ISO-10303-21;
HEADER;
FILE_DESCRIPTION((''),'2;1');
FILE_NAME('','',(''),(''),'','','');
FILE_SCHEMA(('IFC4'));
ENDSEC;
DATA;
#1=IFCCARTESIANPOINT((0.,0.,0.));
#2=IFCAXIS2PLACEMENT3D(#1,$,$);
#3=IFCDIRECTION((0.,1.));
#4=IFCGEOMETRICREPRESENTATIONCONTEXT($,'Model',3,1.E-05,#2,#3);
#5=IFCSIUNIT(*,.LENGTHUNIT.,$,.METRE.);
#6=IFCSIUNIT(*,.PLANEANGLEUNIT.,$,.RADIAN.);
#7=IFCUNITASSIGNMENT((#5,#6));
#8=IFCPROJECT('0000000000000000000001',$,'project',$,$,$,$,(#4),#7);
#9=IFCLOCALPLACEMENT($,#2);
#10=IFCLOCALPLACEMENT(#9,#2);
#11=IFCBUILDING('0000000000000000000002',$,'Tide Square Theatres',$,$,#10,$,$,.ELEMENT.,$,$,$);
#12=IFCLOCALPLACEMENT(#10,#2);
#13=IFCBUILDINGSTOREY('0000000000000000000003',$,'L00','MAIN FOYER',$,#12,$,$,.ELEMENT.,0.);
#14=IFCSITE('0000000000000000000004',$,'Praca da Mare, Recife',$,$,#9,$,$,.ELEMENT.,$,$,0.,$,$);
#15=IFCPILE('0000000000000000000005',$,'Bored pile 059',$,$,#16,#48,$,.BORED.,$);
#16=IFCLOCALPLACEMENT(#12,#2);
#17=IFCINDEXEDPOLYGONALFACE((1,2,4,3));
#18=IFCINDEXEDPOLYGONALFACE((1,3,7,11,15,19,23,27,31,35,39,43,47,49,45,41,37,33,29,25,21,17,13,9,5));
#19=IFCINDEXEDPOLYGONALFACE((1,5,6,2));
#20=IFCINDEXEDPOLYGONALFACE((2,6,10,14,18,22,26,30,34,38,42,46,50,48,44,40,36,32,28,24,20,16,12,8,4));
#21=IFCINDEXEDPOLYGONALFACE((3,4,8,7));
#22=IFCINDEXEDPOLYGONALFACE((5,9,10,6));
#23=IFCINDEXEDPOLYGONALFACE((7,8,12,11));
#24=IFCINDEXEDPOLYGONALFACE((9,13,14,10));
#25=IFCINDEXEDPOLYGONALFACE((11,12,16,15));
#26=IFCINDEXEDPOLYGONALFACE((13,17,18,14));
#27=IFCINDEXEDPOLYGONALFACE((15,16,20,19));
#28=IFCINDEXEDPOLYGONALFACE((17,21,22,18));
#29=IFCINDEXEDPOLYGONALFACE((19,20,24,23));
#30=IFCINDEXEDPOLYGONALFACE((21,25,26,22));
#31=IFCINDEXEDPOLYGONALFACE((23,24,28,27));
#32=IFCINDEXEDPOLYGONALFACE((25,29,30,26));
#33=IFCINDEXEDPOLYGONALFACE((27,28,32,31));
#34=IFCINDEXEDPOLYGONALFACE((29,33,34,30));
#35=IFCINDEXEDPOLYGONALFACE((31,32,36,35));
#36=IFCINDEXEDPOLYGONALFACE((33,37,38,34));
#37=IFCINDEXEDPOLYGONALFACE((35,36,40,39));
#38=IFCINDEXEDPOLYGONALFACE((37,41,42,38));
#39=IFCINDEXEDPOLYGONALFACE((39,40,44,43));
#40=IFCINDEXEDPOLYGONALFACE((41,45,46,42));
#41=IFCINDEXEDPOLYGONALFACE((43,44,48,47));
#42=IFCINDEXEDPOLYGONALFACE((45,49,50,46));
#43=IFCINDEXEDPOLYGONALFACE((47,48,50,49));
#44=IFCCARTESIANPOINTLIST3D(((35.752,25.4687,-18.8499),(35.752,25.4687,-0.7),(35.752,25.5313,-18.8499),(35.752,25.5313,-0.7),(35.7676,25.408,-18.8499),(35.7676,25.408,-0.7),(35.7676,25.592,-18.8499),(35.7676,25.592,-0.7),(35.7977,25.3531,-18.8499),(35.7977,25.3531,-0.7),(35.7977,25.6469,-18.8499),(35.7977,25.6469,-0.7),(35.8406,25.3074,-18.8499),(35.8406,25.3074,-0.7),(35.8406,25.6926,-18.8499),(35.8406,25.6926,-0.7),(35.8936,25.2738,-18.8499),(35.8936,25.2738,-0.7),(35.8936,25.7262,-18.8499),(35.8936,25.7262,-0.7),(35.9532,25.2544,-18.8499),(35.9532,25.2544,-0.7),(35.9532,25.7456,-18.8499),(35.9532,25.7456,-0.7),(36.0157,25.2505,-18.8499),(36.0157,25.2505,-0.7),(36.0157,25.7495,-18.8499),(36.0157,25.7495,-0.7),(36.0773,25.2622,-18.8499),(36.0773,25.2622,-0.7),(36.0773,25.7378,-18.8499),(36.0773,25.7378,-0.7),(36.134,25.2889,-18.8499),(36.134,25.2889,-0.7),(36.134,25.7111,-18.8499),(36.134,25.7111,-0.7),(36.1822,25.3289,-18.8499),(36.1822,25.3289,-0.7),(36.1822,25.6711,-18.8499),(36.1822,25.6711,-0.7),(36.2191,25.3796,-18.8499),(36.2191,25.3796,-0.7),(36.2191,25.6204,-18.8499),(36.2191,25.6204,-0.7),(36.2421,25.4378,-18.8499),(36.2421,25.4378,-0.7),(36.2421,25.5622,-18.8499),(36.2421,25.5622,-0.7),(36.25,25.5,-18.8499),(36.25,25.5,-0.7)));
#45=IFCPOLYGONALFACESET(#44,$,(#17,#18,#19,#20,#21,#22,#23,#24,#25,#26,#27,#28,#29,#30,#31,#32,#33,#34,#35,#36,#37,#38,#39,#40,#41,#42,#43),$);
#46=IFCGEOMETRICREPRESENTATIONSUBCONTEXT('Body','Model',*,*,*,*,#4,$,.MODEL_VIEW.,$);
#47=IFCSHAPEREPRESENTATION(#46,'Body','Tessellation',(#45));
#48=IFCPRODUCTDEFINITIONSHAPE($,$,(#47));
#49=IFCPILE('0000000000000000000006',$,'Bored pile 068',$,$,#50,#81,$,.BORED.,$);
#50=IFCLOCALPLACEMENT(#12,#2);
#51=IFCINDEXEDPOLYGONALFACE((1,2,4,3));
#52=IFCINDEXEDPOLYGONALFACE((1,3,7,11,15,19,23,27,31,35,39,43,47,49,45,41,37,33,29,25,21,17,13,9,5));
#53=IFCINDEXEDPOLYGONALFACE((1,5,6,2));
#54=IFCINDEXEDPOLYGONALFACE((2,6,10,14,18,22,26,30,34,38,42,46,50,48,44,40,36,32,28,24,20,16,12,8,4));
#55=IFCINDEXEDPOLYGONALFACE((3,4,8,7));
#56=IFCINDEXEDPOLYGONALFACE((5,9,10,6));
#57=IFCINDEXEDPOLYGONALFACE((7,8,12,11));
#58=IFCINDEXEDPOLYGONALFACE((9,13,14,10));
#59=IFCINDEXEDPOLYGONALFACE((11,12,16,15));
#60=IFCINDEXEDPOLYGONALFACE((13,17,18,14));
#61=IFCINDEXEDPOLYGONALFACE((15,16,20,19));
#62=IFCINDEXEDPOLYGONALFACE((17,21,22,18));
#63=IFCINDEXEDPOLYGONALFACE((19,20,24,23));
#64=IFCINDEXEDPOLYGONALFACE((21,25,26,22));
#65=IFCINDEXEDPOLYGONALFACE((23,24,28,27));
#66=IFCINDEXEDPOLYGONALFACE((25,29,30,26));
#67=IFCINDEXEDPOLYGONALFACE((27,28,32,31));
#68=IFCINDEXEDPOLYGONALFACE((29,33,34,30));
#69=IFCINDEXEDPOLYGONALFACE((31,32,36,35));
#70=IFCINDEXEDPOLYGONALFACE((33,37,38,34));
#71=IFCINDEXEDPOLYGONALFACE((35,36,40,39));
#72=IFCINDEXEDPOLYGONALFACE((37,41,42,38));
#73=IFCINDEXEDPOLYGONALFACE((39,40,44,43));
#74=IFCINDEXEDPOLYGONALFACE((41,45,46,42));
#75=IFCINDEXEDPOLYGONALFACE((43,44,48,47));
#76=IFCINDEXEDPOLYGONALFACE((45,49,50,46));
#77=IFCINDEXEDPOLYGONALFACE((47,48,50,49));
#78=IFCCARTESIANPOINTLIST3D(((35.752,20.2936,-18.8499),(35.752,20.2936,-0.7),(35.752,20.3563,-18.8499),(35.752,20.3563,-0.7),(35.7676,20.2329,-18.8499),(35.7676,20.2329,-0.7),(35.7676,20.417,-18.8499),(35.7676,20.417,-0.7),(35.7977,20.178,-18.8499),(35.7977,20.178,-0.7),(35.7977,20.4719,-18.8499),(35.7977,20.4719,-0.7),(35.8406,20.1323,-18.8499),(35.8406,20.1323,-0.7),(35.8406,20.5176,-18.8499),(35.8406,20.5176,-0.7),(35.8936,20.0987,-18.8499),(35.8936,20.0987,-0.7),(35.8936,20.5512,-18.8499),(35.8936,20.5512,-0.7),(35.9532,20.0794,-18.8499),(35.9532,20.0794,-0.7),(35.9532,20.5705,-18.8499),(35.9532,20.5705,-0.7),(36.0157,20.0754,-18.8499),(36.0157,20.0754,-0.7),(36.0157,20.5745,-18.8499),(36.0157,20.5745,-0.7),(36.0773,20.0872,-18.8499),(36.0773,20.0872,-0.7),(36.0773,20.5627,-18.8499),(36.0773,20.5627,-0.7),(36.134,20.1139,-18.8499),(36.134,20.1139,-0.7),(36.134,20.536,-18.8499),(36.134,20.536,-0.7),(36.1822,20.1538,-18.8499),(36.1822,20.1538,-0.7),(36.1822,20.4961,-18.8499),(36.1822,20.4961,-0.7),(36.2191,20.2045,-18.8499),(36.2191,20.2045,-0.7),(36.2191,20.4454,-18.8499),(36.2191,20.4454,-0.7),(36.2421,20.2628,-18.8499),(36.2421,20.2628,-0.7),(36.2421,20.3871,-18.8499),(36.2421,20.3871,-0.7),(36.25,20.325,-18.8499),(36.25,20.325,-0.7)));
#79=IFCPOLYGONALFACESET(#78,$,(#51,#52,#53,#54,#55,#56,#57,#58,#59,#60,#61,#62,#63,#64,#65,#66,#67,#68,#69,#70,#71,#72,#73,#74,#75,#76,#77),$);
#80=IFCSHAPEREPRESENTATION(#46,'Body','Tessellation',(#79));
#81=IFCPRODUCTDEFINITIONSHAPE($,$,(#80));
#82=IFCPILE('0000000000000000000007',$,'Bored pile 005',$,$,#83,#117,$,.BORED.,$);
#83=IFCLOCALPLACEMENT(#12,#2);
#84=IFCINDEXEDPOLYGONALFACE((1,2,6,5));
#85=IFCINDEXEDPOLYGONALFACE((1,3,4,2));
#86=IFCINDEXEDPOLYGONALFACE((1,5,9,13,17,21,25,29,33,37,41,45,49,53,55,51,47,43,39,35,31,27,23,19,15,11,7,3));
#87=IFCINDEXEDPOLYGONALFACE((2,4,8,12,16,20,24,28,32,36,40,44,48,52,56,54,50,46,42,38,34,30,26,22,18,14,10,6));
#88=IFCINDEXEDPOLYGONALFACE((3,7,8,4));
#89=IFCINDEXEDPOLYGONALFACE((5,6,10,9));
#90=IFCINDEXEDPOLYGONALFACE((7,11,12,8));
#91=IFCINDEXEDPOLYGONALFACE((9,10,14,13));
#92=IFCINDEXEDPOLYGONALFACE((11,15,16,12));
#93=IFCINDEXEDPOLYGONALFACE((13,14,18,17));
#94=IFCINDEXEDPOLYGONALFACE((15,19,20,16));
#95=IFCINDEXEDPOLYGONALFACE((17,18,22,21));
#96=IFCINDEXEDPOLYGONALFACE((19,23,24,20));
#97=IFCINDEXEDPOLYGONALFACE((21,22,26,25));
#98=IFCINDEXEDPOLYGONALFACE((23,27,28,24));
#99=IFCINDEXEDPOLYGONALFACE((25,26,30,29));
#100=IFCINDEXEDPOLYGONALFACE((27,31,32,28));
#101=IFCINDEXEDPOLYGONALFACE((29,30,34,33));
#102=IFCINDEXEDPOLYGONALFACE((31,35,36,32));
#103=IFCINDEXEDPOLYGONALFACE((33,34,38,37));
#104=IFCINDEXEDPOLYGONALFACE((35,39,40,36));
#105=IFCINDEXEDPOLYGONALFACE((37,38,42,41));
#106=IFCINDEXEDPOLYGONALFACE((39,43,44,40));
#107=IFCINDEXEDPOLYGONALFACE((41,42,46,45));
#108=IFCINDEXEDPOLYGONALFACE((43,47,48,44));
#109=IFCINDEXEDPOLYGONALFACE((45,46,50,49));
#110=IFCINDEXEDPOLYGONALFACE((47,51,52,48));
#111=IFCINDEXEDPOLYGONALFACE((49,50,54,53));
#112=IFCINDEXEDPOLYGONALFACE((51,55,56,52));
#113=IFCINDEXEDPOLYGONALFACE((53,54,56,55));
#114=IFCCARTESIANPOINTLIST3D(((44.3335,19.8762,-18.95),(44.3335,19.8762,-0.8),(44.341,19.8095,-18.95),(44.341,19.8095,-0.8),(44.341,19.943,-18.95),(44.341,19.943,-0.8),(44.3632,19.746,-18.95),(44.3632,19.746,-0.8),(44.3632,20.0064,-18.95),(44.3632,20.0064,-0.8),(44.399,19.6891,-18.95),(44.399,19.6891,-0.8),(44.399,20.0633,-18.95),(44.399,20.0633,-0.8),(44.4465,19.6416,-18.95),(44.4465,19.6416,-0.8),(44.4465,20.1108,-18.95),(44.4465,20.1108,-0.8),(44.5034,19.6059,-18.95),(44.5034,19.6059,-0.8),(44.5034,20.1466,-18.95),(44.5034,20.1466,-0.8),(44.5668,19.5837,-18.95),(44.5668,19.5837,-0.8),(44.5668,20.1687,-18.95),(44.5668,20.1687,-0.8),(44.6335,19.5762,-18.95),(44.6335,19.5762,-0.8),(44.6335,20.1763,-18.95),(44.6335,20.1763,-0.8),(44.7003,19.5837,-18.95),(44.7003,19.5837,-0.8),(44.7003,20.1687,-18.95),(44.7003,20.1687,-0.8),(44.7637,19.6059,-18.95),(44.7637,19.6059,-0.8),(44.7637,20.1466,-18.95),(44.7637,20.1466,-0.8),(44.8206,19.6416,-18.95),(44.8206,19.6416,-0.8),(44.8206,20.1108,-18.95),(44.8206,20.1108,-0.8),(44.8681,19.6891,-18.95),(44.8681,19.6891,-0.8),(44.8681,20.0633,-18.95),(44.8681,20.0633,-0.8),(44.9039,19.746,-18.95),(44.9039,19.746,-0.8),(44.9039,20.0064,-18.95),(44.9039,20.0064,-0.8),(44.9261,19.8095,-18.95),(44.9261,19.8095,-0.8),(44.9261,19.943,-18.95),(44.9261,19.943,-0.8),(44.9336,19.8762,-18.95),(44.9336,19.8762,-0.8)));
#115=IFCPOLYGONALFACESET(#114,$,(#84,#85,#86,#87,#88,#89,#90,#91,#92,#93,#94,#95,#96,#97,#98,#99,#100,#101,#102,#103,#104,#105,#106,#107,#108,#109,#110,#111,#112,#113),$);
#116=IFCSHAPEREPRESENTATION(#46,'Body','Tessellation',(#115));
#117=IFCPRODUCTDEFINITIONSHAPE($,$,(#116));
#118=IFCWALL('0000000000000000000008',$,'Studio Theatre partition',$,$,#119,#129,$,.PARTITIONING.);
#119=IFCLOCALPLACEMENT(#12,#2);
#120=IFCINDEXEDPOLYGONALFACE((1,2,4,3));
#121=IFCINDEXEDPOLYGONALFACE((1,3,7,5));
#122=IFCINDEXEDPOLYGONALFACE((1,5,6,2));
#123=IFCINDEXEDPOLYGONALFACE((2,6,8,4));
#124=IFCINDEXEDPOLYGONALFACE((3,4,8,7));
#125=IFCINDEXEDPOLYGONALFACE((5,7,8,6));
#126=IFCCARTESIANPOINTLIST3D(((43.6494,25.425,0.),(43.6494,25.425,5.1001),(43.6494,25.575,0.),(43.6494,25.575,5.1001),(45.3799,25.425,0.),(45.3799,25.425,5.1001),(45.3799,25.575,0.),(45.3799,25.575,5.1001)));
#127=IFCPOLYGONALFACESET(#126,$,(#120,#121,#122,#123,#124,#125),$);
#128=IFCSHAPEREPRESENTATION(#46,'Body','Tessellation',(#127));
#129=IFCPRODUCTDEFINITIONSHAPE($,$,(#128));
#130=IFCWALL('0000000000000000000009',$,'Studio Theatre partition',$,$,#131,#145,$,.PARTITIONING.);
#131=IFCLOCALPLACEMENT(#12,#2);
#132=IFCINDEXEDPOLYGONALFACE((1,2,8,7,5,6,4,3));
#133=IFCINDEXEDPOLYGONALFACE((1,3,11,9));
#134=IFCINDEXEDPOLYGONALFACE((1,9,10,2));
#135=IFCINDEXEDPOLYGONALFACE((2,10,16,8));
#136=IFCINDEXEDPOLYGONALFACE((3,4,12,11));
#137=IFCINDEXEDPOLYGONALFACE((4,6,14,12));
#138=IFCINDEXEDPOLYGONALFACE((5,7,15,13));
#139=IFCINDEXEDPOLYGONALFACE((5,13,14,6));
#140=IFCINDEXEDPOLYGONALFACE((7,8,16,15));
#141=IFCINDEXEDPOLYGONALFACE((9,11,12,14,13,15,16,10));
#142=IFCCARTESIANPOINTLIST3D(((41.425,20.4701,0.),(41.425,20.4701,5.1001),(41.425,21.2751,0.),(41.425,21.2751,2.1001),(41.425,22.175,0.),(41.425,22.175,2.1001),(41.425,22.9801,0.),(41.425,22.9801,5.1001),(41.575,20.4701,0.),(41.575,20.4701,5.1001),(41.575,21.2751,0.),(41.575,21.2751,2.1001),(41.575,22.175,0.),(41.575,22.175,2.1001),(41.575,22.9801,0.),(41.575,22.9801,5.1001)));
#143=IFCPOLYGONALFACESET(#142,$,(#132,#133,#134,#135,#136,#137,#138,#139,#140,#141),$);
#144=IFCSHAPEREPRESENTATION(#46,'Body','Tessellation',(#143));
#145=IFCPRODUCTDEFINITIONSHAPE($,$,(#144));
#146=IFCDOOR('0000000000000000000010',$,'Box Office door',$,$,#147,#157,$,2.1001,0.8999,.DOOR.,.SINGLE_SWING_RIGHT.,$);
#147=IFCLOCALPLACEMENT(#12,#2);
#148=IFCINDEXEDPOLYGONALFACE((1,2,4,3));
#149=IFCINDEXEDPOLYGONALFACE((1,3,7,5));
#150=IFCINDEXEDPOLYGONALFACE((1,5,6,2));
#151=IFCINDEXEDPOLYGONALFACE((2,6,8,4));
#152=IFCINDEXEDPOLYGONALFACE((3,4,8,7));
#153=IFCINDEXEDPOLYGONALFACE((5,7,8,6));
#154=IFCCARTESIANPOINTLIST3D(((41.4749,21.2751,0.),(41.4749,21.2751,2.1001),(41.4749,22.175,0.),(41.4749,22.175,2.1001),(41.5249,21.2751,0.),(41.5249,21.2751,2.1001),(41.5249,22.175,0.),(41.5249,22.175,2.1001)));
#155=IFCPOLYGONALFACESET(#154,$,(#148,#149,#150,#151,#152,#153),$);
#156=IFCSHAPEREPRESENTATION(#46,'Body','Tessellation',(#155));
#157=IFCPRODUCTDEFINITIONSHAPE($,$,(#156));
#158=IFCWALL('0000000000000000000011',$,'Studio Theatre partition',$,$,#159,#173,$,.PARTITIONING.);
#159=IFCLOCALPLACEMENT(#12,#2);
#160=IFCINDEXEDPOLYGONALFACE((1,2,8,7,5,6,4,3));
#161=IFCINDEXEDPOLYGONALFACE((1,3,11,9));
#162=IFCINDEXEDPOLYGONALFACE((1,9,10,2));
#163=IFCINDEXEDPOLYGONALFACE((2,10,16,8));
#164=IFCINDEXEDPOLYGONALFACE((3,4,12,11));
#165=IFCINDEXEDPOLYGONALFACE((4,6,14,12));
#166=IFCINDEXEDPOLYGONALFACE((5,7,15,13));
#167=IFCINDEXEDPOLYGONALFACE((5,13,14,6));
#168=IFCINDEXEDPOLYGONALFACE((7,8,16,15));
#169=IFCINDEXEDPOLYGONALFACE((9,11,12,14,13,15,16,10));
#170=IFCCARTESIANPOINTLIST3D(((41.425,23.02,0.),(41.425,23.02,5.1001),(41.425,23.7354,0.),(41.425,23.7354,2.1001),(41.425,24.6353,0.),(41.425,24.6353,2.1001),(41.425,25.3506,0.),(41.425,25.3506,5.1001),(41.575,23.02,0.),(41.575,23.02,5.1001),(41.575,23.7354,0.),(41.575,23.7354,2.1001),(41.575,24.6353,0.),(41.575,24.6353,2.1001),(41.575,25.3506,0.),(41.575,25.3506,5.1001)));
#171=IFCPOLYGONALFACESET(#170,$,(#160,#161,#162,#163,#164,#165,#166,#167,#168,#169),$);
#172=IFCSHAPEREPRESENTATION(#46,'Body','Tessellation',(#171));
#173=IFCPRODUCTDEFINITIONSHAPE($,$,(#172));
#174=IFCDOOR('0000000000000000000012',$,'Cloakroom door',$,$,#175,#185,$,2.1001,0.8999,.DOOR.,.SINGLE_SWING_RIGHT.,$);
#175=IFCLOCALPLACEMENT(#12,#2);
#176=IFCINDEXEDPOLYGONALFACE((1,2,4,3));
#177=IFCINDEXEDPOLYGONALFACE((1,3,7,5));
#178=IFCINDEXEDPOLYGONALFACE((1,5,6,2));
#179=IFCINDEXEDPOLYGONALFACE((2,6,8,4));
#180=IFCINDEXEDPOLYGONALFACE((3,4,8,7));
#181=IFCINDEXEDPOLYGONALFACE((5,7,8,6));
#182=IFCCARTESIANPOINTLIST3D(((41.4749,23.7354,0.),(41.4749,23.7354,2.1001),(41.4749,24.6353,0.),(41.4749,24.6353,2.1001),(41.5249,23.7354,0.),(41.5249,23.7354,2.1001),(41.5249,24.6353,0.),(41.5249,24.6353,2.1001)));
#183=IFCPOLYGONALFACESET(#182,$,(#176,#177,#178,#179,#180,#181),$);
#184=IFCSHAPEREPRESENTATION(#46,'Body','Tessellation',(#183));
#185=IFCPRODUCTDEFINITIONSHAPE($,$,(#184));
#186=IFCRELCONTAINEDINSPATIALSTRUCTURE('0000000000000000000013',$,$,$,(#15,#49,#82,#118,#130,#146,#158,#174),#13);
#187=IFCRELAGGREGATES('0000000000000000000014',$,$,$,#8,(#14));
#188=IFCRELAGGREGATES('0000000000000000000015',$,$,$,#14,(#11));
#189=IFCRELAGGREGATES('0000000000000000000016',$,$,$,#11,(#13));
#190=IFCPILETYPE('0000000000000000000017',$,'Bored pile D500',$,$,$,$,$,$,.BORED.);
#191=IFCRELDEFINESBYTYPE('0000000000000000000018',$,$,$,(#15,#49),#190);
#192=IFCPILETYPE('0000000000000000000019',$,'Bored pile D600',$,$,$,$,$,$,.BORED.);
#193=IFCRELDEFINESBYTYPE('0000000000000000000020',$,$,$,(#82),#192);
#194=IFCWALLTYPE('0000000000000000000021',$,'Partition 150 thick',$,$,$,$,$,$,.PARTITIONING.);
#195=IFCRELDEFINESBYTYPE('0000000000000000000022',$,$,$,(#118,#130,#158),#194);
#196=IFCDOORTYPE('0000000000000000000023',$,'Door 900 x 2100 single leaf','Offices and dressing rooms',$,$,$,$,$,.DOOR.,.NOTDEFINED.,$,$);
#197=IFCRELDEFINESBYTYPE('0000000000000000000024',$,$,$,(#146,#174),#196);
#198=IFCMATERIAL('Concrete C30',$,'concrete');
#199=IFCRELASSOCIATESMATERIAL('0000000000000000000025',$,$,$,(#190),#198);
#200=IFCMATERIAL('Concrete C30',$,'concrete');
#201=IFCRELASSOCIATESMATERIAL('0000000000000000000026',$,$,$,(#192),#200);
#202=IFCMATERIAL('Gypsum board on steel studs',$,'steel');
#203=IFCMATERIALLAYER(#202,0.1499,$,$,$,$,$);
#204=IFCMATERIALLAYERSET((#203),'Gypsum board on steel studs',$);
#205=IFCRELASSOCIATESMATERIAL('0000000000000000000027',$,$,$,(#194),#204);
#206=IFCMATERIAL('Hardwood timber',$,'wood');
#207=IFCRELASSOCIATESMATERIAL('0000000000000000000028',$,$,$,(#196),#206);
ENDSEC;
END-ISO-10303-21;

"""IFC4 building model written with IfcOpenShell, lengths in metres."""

from ifc_helpers import new_model, si_unit, direction, frame, frame_2d, origin, origin_2d, place, context, subcontext, project, spatial, rectangle, circle, extrude, material, layer, layer_set, material_profile, profile_set, type_object, element, fill, save


model = new_model("IFC4")

# Units and contexts
model_context = context("Model", 3, precision=1e-05, world=origin(), true_north=direction((0.0, 1.0)))
body_context = subcontext(model_context, "Body", "Model", "MODEL_VIEW")
ifc_project = project(units=[si_unit("LENGTHUNIT", "METRE"), si_unit("PLANEANGLEUNIT", "RADIAN")], contexts=[model_context])

# Site, building, storey
site_placement = place(None, origin())
site = spatial("IfcSite", under=ifc_project, at=site_placement, Name="Praca da Mare, Recife", CompositionType="ELEMENT", RefElevation=0.0)
building_placement = place(site_placement, origin())
building = spatial("IfcBuilding", under=site, at=building_placement, Name="Tide Square Theatres", CompositionType="ELEMENT")
storey_placement = place(building_placement, origin())
storey = spatial("IfcBuildingStorey", under=building, at=storey_placement, Name="L00", Description="MAIN FOYER", CompositionType="ELEMENT", Elevation=0.0)

# Piles
ifc_material_1 = material(Name="Concrete C30", Category="concrete")
ifc_material_profile_1 = material_profile(ifc_material_1, circle(Radius=0.25, at=origin_2d()))
ifc_profile_set_1 = profile_set([ifc_material_profile_1], Name="Concrete C30")
pile_type_1 = type_object("IfcPileType", Name="Bored pile D500", PredefinedType="BORED", material=ifc_profile_set_1)
for number, where, z_axis, x_axis, name in (
    (1, (36.0, 25.5, -0.7), (0.0, 0.0, -1.0), (1.0, 0.0, 0.0), "Bored pile 059"),
    (2, (36.0, 20.325, -0.7), (0.0, 0.0, -1.0), (1.0, 0.0, 0.0), "Bored pile 068"),
):
    element("IfcPile", number, at=place(storey_placement, frame(where, z_axis=z_axis, x_axis=x_axis)), inside=storey, type_object=pile_type_1, Name=name, PredefinedType="BORED", context=body_context, shape_type="SweptSolid", body=[
        extrude(circle(Radius=0.25, at=origin_2d()), origin(), (0.0, 0.0, 1.0), 18.1499),
    ])
ifc_material_2 = material(Name="Concrete C30", Category="concrete")
ifc_material_profile_2 = material_profile(ifc_material_2, circle(Radius=0.3, at=origin_2d()))
ifc_profile_set_2 = profile_set([ifc_material_profile_2], Name="Concrete C30")
pile_type_2 = type_object("IfcPileType", Name="Bored pile D600", PredefinedType="BORED", material=ifc_profile_set_2)
pile_placement = place(storey_placement, frame((44.6335, 19.8762, -0.8), z_axis=(0.0, 0.0, -1.0), x_axis=(1.0, 0.0, 0.0)))
element("IfcPile", 3, at=pile_placement, inside=storey, type_object=pile_type_2, Name="Bored pile 005", PredefinedType="BORED", context=body_context, shape_type="SweptSolid", body=[
    extrude(circle(Radius=0.3, at=origin_2d()), origin(), (0.0, 0.0, 1.0), 18.1499),
])

# Wall
ifc_material_3 = material(Name="Gypsum board on steel studs", Category="steel")
ifc_layer_1 = layer(ifc_material_3, 0.1499)
ifc_layer_set_1 = layer_set([ifc_layer_1], Name="Gypsum board on steel studs")
wall_type_1 = type_object("IfcWallType", Name="Partition 150 thick", PredefinedType="PARTITIONING", material=ifc_layer_set_1)
wall_1_placement = place(storey_placement, frame((45.3799, 25.5, 0.0), z_axis=(0.0, 0.0, 1.0), x_axis=(-1.0, 0.0, 0.0)))
element("IfcWall", 4, at=wall_1_placement, inside=storey, type_object=wall_type_1, Name="Studio Theatre partition", PredefinedType="PARTITIONING", context=body_context, shape_type="SweptSolid", body=[
    extrude(rectangle(XDim=1.7305, YDim=0.1499, at=frame_2d((0.8652, 0.0))), origin(), (0.0, 0.0, 1.0), 5.1001),
])

# Walls, openings, doors
wall_2_placement = place(storey_placement, frame((41.5, 22.98, 0.0), z_axis=(0.0, 0.0, 1.0), x_axis=(0.0, -1.0, 0.0)))
wall_2 = element("IfcWall", 5, at=wall_2_placement, inside=storey, type_object=wall_type_1, Name="Studio Theatre partition", PredefinedType="PARTITIONING", context=body_context, shape_type="SweptSolid", body=[
    extrude(rectangle(XDim=2.51, YDim=0.1499, at=frame_2d((1.2549, 0.0))), origin(), (0.0, 0.0, 1.0), 5.1001),
])
opening_1_placement = place(wall_2_placement, frame((0.8049, 0.0, 0.0)))
opening_1 = element("IfcOpeningElement", 6, at=opening_1_placement, cuts=wall_2, PredefinedType="OPENING", context=body_context, shape_type="SweptSolid", body=[
    extrude(rectangle(XDim=0.8999, YDim=2.1001, at=frame_2d((0.45, 1.05))), frame((0.0, 0.085, 0.0), z_axis=(0.0, -1.0, 0.0), x_axis=(1.0, 0.0, 0.0)), (0.0, 0.0, 1.0), 0.1699),
])
ifc_material_4 = material(Name="Hardwood timber", Category="wood")
door_type_1 = type_object("IfcDoorType", Name="Door 900 x 2100 single leaf", Description="Offices and dressing rooms", OperationType="NOTDEFINED", PredefinedType="DOOR", material=ifc_material_4)
door_1_placement = place(opening_1_placement, origin())
door_1 = element("IfcDoor", 7, at=door_1_placement, inside=storey, type_object=door_type_1, Name="Box Office door", OperationType="SINGLE_SWING_RIGHT", OverallHeight=2.1001, OverallWidth=0.8999, PredefinedType="DOOR", context=body_context, shape_type="SweptSolid", body=[
    extrude(rectangle(XDim=0.8999, YDim=2.1001, at=frame_2d((0.45, 1.05))), frame((0.0, 0.0249, 0.0), z_axis=(0.0, -1.0, 0.0), x_axis=(1.0, 0.0, 0.0)), (0.0, 0.0, 1.0), 0.05),
])
fill(opening_1, door_1)
wall_3_placement = place(storey_placement, frame((41.5, 25.3506, 0.0), z_axis=(0.0, 0.0, 1.0), x_axis=(0.0, -1.0, 0.0)))
wall_3 = element("IfcWall", 8, at=wall_3_placement, inside=storey, type_object=wall_type_1, Name="Studio Theatre partition", PredefinedType="PARTITIONING", context=body_context, shape_type="SweptSolid", body=[
    extrude(rectangle(XDim=2.3306, YDim=0.1499, at=frame_2d((1.1653, 0.0))), origin(), (0.0, 0.0, 1.0), 5.1001),
])
opening_2_placement = place(wall_3_placement, frame((0.7153, 0.0, 0.0)))
opening_2 = element("IfcOpeningElement", 9, at=opening_2_placement, cuts=wall_3, PredefinedType="OPENING", context=body_context, shape_type="SweptSolid", body=[
    extrude(rectangle(XDim=0.8999, YDim=2.1001, at=frame_2d((0.45, 1.05))), frame((0.0, 0.085, 0.0), z_axis=(0.0, -1.0, 0.0), x_axis=(1.0, 0.0, 0.0)), (0.0, 0.0, 1.0), 0.1699),
])
door_2_placement = place(opening_2_placement, origin())
door_2 = element("IfcDoor", 10, at=door_2_placement, inside=storey, type_object=door_type_1, Name="Cloakroom door", OperationType="SINGLE_SWING_RIGHT", OverallHeight=2.1001, OverallWidth=0.8999, PredefinedType="DOOR", context=body_context, shape_type="SweptSolid", body=[
    extrude(rectangle(XDim=0.8999, YDim=2.1001, at=frame_2d((0.45, 1.05))), frame((0.0, 0.0249, 0.0), z_axis=(0.0, -1.0, 0.0), x_axis=(1.0, 0.0, 0.0)), (0.0, 0.0, 1.0), 0.05),
])
fill(opening_2, door_2)

save(model, "model.ifc")
